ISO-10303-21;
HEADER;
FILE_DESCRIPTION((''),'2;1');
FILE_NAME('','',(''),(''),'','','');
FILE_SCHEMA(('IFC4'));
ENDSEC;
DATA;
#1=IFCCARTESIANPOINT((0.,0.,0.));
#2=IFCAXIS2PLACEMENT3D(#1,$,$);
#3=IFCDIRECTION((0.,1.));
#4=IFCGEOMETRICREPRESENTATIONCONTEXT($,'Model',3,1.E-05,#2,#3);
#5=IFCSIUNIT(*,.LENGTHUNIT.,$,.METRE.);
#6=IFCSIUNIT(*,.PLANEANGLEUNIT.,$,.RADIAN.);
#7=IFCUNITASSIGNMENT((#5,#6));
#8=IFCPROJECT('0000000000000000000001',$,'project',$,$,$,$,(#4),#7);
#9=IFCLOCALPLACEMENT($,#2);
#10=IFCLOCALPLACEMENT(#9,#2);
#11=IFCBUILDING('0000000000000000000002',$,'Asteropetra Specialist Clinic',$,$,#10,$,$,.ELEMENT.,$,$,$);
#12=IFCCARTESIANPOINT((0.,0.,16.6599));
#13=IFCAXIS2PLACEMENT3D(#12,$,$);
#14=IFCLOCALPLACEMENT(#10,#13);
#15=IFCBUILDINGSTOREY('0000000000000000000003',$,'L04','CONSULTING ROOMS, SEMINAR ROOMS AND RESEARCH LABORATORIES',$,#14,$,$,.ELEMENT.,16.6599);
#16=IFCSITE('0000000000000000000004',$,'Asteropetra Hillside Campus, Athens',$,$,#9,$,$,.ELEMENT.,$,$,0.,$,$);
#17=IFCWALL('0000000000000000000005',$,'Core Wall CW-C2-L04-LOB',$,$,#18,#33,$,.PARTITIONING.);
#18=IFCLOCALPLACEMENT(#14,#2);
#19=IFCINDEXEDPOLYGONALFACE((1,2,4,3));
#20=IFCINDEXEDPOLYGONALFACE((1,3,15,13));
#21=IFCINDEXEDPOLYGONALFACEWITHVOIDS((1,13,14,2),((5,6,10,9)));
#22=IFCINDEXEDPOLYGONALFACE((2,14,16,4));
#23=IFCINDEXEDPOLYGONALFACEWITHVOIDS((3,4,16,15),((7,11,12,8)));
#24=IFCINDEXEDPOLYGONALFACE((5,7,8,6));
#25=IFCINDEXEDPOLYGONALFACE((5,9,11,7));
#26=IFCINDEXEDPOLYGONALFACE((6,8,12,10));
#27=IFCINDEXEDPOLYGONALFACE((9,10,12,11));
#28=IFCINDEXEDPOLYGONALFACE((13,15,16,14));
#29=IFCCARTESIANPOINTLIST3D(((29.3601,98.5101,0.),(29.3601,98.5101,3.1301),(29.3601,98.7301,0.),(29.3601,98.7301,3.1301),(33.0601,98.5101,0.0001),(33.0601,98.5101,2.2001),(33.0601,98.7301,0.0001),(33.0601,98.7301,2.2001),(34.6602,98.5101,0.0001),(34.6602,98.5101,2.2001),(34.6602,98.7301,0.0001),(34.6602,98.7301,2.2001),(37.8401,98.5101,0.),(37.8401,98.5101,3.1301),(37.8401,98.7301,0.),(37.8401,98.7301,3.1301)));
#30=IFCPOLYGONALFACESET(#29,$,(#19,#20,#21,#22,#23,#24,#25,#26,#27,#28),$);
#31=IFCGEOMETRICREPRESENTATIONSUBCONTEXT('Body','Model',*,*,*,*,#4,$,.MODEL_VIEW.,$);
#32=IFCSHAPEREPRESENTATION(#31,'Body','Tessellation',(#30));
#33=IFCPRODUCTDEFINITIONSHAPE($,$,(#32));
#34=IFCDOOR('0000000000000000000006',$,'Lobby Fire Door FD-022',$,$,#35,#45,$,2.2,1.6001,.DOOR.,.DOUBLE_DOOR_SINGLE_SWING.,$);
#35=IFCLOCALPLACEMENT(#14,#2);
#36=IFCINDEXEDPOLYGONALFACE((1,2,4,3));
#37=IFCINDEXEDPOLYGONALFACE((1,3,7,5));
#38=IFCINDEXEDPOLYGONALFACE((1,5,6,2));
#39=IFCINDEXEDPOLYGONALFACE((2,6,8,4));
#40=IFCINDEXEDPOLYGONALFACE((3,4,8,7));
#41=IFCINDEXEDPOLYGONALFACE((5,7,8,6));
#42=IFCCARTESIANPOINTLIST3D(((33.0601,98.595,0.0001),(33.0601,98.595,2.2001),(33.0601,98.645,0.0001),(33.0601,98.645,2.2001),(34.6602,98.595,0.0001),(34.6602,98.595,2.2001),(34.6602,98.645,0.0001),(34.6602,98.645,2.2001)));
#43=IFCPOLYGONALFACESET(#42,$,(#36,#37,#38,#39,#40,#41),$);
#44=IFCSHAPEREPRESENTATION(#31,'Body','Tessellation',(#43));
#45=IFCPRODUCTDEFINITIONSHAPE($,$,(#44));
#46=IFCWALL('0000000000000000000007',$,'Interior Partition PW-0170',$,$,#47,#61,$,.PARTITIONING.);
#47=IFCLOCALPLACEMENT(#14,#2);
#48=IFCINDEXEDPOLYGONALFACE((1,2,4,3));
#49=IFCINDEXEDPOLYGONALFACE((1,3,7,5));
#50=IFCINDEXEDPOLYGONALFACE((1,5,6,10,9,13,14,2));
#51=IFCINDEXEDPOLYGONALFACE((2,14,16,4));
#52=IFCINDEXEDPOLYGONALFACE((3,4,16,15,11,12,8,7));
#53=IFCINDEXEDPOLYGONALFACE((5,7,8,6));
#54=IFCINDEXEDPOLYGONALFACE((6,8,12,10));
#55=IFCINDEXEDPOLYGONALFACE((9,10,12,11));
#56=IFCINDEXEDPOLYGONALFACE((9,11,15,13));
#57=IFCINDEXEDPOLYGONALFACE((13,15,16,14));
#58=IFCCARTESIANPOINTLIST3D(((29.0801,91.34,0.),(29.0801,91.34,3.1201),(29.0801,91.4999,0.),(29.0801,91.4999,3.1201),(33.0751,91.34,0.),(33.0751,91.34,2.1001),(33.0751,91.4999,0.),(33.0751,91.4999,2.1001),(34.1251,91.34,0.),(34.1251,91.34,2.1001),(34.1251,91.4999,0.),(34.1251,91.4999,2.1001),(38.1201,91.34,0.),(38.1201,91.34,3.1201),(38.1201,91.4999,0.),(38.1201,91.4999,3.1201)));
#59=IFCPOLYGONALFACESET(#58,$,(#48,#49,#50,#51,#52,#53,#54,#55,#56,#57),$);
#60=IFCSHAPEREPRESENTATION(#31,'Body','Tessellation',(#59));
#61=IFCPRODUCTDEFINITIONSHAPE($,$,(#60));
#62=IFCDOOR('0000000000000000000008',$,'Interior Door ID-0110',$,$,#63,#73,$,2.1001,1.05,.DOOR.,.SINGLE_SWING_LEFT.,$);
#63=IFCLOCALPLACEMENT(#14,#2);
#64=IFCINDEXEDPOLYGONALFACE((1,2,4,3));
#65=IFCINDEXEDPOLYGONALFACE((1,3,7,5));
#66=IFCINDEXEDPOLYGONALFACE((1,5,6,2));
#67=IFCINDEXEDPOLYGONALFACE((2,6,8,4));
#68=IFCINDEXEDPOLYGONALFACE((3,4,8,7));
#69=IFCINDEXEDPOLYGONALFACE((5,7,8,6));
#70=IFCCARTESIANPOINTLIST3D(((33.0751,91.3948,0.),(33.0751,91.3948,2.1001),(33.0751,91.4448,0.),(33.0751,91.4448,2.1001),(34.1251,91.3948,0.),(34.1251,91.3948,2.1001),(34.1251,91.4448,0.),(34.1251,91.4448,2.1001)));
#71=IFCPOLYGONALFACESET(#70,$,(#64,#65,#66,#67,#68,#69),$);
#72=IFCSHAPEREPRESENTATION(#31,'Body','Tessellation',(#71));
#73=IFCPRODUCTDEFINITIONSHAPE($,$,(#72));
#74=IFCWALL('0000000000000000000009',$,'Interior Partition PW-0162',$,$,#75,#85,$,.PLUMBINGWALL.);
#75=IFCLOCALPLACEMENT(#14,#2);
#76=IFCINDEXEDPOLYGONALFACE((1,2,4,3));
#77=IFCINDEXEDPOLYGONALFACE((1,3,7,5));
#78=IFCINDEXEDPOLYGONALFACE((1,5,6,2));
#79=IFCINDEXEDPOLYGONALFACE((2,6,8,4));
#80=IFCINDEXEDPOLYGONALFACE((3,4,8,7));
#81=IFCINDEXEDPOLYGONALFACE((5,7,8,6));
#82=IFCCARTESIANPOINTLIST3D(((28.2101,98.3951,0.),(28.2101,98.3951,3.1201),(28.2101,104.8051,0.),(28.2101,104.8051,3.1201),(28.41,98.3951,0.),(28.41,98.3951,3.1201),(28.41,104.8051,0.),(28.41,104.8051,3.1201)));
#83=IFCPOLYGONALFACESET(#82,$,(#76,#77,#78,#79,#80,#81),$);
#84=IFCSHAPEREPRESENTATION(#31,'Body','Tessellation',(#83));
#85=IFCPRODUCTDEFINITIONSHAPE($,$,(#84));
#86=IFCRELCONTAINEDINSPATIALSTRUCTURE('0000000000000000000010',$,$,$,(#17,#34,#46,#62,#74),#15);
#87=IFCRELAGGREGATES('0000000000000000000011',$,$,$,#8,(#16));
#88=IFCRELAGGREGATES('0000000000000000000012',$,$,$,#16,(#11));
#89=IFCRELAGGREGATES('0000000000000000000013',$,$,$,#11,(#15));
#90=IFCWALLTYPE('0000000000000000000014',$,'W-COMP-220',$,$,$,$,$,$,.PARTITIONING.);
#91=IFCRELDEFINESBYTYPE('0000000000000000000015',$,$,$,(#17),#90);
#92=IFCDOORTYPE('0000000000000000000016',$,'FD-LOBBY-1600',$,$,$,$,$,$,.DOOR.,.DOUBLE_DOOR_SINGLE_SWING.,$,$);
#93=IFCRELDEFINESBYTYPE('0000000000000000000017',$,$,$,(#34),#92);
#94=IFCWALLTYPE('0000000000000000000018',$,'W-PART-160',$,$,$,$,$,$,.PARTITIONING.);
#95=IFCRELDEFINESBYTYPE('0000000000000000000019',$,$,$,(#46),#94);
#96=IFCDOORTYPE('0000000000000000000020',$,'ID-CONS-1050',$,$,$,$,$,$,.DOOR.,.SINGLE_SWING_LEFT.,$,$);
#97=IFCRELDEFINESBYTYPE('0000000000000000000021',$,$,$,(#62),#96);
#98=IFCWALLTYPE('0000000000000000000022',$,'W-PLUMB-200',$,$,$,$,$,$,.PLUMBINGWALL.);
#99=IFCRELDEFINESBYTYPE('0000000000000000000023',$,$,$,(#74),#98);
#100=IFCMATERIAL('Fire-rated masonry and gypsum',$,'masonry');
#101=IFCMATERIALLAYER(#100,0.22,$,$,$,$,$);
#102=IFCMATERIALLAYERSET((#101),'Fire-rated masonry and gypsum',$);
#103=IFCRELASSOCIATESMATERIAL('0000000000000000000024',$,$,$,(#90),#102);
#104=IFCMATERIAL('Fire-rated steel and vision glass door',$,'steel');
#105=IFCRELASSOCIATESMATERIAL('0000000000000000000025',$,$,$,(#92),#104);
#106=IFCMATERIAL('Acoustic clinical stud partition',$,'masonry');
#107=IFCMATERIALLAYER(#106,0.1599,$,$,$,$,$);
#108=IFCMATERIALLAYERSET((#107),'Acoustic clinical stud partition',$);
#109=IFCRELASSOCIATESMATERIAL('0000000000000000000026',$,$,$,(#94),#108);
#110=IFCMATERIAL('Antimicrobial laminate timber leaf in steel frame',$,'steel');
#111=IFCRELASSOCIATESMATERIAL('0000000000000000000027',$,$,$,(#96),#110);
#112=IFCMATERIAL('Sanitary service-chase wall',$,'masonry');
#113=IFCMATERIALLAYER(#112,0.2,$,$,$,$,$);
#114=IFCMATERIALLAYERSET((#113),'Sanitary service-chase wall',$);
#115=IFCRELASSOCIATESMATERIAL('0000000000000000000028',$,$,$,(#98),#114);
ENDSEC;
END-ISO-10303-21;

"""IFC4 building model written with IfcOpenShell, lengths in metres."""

from ifc_helpers import new_model, si_unit, direction, frame, frame_2d, origin, place, context, subcontext, project, spatial, rectangle, extrude, material, layer, layer_set, type_object, element, fill, save


model = new_model("IFC4")

# Units and contexts
model_context = context("Model", 3, precision=1e-05, world=origin(), true_north=direction((0.0, 1.0)))
body_context = subcontext(model_context, "Body", "Model", "MODEL_VIEW")
ifc_project = project(units=[si_unit("LENGTHUNIT", "METRE"), si_unit("PLANEANGLEUNIT", "RADIAN")], contexts=[model_context])

# Site, building, storey
site_placement = place(None, origin())
site = spatial("IfcSite", under=ifc_project, at=site_placement, Name="Asteropetra Hillside Campus, Athens", CompositionType="ELEMENT", RefElevation=0.0)
building_placement = place(site_placement, origin())
building = spatial("IfcBuilding", under=site, at=building_placement, Name="Asteropetra Specialist Clinic", CompositionType="ELEMENT")
storey_placement = place(building_placement, frame((0.0, 0.0, 16.6599)))
storey = spatial("IfcBuildingStorey", under=building, at=storey_placement, Name="L04", Description="CONSULTING ROOMS, SEMINAR ROOMS AND RESEARCH LABORATORIES", CompositionType="ELEMENT", Elevation=16.6599)

# Walls, openings, doors
ifc_material_1 = material(Name="Fire-rated masonry and gypsum", Category="masonry")
ifc_layer_1 = layer(ifc_material_1, 0.22)
ifc_layer_set_1 = layer_set([ifc_layer_1], Name="Fire-rated masonry and gypsum")
wall_type_1 = type_object("IfcWallType", Name="W-COMP-220", PredefinedType="PARTITIONING", material=ifc_layer_set_1)
wall_1_placement = place(storey_placement, frame((29.3601, 98.6201, 0.0), z_axis=(0.0, 0.0, 1.0), x_axis=(1.0, 0.0, 0.0)))
wall_1 = element("IfcWall", 1, at=wall_1_placement, inside=storey, type_object=wall_type_1, Name="Core Wall CW-C2-L04-LOB", PredefinedType="PARTITIONING", context=body_context, shape_type="SweptSolid", body=[
    extrude(rectangle(XDim=8.48, YDim=0.22, at=frame_2d((4.24, 0.0))), origin(), (0.0, 0.0, 1.0), 3.1301),
])
opening_1_placement = place(wall_1_placement, frame((3.7, 0.0, 0.0)))
opening_1 = element("IfcOpeningElement", 2, at=opening_1_placement, cuts=wall_1, PredefinedType="OPENING", context=body_context, shape_type="SweptSolid", body=[
    extrude(rectangle(XDim=1.6001, YDim=2.2, at=frame_2d((0.8, 1.1001))), frame((0.0, 0.1199, 0.0), z_axis=(0.0, -1.0, 0.0), x_axis=(1.0, 0.0, 0.0)), (0.0, 0.0, 1.0), 0.24),
])
ifc_material_2 = material(Name="Fire-rated steel and vision glass door", Category="steel")
door_type_1 = type_object("IfcDoorType", Name="FD-LOBBY-1600", OperationType="DOUBLE_DOOR_SINGLE_SWING", PredefinedType="DOOR", material=ifc_material_2)
door_1_placement = place(opening_1_placement, origin())
door_1 = element("IfcDoor", 3, at=door_1_placement, inside=storey, type_object=door_type_1, Name="Lobby Fire Door FD-022", OperationType="DOUBLE_DOOR_SINGLE_SWING", OverallHeight=2.2, OverallWidth=1.6001, PredefinedType="DOOR", context=body_context, shape_type="SweptSolid", body=[
    extrude(rectangle(XDim=1.6001, YDim=2.2, at=frame_2d((0.8, 1.1001))), frame((0.0, 0.0249, 0.0), z_axis=(0.0, -1.0, 0.0), x_axis=(1.0, 0.0, 0.0)), (0.0, 0.0, 1.0), 0.05),
])
fill(opening_1, door_1)
ifc_material_3 = material(Name="Acoustic clinical stud partition", Category="masonry")
ifc_layer_2 = layer(ifc_material_3, 0.1599)
ifc_layer_set_2 = layer_set([ifc_layer_2], Name="Acoustic clinical stud partition")
wall_type_2 = type_object("IfcWallType", Name="W-PART-160", PredefinedType="PARTITIONING", material=ifc_layer_set_2)
wall_2_placement = place(storey_placement, frame((29.0801, 91.4199, 0.0), z_axis=(0.0, 0.0, 1.0), x_axis=(1.0, 0.0, 0.0)))
wall_2 = element("IfcWall", 4, at=wall_2_placement, inside=storey, type_object=wall_type_2, Name="Interior Partition PW-0170", PredefinedType="PARTITIONING", context=body_context, shape_type="SweptSolid", body=[
    extrude(rectangle(XDim=9.04, YDim=0.1599, at=frame_2d((4.52, 0.0))), origin(), (0.0, 0.0, 1.0), 3.1201),
])
opening_2_placement = place(wall_2_placement, frame((3.9951, 0.0, 0.0)))
opening_2 = element("IfcOpeningElement", 5, at=opening_2_placement, cuts=wall_2, PredefinedType="OPENING", context=body_context, shape_type="SweptSolid", body=[
    extrude(rectangle(XDim=1.05, YDim=2.1001, at=frame_2d((0.5249, 1.05))), frame((0.0, 0.0898, 0.0), z_axis=(0.0, -1.0, 0.0), x_axis=(1.0, 0.0, 0.0)), (0.0, 0.0, 1.0), 0.1799),
])
ifc_material_4 = material(Name="Antimicrobial laminate timber leaf in steel frame", Category="steel")
door_type_2 = type_object("IfcDoorType", Name="ID-CONS-1050", OperationType="SINGLE_SWING_LEFT", PredefinedType="DOOR", material=ifc_material_4)
door_2_placement = place(opening_2_placement, origin())
door_2 = element("IfcDoor", 6, at=door_2_placement, inside=storey, type_object=door_type_2, Name="Interior Door ID-0110", OperationType="SINGLE_SWING_LEFT", OverallHeight=2.1001, OverallWidth=1.05, PredefinedType="DOOR", context=body_context, shape_type="SweptSolid", body=[
    extrude(rectangle(XDim=1.05, YDim=2.1001, at=frame_2d((0.5249, 1.05))), frame((0.0, 0.0249, 0.0), z_axis=(0.0, -1.0, 0.0), x_axis=(1.0, 0.0, 0.0)), (0.0, 0.0, 1.0), 0.05),
])
fill(opening_2, door_2)

# Wall
ifc_material_5 = material(Name="Sanitary service-chase wall", Category="masonry")
ifc_layer_3 = layer(ifc_material_5, 0.2)
ifc_layer_set_3 = layer_set([ifc_layer_3], Name="Sanitary service-chase wall")
wall_type_3 = type_object("IfcWallType", Name="W-PLUMB-200", PredefinedType="PLUMBINGWALL", material=ifc_layer_set_3)
wall_3_placement = place(storey_placement, frame((28.3101, 98.395, 0.0), z_axis=(0.0, 0.0, 1.0), x_axis=(0.0, 1.0, 0.0)))
element("IfcWall", 7, at=wall_3_placement, inside=storey, type_object=wall_type_3, Name="Interior Partition PW-0162", PredefinedType="PLUMBINGWALL", context=body_context, shape_type="SweptSolid", body=[
    extrude(rectangle(XDim=6.4099, YDim=0.2, at=frame_2d((3.2051, 0.0))), origin(), (0.0, 0.0, 1.0), 3.1201),
])

save(model, "model.ifc")
